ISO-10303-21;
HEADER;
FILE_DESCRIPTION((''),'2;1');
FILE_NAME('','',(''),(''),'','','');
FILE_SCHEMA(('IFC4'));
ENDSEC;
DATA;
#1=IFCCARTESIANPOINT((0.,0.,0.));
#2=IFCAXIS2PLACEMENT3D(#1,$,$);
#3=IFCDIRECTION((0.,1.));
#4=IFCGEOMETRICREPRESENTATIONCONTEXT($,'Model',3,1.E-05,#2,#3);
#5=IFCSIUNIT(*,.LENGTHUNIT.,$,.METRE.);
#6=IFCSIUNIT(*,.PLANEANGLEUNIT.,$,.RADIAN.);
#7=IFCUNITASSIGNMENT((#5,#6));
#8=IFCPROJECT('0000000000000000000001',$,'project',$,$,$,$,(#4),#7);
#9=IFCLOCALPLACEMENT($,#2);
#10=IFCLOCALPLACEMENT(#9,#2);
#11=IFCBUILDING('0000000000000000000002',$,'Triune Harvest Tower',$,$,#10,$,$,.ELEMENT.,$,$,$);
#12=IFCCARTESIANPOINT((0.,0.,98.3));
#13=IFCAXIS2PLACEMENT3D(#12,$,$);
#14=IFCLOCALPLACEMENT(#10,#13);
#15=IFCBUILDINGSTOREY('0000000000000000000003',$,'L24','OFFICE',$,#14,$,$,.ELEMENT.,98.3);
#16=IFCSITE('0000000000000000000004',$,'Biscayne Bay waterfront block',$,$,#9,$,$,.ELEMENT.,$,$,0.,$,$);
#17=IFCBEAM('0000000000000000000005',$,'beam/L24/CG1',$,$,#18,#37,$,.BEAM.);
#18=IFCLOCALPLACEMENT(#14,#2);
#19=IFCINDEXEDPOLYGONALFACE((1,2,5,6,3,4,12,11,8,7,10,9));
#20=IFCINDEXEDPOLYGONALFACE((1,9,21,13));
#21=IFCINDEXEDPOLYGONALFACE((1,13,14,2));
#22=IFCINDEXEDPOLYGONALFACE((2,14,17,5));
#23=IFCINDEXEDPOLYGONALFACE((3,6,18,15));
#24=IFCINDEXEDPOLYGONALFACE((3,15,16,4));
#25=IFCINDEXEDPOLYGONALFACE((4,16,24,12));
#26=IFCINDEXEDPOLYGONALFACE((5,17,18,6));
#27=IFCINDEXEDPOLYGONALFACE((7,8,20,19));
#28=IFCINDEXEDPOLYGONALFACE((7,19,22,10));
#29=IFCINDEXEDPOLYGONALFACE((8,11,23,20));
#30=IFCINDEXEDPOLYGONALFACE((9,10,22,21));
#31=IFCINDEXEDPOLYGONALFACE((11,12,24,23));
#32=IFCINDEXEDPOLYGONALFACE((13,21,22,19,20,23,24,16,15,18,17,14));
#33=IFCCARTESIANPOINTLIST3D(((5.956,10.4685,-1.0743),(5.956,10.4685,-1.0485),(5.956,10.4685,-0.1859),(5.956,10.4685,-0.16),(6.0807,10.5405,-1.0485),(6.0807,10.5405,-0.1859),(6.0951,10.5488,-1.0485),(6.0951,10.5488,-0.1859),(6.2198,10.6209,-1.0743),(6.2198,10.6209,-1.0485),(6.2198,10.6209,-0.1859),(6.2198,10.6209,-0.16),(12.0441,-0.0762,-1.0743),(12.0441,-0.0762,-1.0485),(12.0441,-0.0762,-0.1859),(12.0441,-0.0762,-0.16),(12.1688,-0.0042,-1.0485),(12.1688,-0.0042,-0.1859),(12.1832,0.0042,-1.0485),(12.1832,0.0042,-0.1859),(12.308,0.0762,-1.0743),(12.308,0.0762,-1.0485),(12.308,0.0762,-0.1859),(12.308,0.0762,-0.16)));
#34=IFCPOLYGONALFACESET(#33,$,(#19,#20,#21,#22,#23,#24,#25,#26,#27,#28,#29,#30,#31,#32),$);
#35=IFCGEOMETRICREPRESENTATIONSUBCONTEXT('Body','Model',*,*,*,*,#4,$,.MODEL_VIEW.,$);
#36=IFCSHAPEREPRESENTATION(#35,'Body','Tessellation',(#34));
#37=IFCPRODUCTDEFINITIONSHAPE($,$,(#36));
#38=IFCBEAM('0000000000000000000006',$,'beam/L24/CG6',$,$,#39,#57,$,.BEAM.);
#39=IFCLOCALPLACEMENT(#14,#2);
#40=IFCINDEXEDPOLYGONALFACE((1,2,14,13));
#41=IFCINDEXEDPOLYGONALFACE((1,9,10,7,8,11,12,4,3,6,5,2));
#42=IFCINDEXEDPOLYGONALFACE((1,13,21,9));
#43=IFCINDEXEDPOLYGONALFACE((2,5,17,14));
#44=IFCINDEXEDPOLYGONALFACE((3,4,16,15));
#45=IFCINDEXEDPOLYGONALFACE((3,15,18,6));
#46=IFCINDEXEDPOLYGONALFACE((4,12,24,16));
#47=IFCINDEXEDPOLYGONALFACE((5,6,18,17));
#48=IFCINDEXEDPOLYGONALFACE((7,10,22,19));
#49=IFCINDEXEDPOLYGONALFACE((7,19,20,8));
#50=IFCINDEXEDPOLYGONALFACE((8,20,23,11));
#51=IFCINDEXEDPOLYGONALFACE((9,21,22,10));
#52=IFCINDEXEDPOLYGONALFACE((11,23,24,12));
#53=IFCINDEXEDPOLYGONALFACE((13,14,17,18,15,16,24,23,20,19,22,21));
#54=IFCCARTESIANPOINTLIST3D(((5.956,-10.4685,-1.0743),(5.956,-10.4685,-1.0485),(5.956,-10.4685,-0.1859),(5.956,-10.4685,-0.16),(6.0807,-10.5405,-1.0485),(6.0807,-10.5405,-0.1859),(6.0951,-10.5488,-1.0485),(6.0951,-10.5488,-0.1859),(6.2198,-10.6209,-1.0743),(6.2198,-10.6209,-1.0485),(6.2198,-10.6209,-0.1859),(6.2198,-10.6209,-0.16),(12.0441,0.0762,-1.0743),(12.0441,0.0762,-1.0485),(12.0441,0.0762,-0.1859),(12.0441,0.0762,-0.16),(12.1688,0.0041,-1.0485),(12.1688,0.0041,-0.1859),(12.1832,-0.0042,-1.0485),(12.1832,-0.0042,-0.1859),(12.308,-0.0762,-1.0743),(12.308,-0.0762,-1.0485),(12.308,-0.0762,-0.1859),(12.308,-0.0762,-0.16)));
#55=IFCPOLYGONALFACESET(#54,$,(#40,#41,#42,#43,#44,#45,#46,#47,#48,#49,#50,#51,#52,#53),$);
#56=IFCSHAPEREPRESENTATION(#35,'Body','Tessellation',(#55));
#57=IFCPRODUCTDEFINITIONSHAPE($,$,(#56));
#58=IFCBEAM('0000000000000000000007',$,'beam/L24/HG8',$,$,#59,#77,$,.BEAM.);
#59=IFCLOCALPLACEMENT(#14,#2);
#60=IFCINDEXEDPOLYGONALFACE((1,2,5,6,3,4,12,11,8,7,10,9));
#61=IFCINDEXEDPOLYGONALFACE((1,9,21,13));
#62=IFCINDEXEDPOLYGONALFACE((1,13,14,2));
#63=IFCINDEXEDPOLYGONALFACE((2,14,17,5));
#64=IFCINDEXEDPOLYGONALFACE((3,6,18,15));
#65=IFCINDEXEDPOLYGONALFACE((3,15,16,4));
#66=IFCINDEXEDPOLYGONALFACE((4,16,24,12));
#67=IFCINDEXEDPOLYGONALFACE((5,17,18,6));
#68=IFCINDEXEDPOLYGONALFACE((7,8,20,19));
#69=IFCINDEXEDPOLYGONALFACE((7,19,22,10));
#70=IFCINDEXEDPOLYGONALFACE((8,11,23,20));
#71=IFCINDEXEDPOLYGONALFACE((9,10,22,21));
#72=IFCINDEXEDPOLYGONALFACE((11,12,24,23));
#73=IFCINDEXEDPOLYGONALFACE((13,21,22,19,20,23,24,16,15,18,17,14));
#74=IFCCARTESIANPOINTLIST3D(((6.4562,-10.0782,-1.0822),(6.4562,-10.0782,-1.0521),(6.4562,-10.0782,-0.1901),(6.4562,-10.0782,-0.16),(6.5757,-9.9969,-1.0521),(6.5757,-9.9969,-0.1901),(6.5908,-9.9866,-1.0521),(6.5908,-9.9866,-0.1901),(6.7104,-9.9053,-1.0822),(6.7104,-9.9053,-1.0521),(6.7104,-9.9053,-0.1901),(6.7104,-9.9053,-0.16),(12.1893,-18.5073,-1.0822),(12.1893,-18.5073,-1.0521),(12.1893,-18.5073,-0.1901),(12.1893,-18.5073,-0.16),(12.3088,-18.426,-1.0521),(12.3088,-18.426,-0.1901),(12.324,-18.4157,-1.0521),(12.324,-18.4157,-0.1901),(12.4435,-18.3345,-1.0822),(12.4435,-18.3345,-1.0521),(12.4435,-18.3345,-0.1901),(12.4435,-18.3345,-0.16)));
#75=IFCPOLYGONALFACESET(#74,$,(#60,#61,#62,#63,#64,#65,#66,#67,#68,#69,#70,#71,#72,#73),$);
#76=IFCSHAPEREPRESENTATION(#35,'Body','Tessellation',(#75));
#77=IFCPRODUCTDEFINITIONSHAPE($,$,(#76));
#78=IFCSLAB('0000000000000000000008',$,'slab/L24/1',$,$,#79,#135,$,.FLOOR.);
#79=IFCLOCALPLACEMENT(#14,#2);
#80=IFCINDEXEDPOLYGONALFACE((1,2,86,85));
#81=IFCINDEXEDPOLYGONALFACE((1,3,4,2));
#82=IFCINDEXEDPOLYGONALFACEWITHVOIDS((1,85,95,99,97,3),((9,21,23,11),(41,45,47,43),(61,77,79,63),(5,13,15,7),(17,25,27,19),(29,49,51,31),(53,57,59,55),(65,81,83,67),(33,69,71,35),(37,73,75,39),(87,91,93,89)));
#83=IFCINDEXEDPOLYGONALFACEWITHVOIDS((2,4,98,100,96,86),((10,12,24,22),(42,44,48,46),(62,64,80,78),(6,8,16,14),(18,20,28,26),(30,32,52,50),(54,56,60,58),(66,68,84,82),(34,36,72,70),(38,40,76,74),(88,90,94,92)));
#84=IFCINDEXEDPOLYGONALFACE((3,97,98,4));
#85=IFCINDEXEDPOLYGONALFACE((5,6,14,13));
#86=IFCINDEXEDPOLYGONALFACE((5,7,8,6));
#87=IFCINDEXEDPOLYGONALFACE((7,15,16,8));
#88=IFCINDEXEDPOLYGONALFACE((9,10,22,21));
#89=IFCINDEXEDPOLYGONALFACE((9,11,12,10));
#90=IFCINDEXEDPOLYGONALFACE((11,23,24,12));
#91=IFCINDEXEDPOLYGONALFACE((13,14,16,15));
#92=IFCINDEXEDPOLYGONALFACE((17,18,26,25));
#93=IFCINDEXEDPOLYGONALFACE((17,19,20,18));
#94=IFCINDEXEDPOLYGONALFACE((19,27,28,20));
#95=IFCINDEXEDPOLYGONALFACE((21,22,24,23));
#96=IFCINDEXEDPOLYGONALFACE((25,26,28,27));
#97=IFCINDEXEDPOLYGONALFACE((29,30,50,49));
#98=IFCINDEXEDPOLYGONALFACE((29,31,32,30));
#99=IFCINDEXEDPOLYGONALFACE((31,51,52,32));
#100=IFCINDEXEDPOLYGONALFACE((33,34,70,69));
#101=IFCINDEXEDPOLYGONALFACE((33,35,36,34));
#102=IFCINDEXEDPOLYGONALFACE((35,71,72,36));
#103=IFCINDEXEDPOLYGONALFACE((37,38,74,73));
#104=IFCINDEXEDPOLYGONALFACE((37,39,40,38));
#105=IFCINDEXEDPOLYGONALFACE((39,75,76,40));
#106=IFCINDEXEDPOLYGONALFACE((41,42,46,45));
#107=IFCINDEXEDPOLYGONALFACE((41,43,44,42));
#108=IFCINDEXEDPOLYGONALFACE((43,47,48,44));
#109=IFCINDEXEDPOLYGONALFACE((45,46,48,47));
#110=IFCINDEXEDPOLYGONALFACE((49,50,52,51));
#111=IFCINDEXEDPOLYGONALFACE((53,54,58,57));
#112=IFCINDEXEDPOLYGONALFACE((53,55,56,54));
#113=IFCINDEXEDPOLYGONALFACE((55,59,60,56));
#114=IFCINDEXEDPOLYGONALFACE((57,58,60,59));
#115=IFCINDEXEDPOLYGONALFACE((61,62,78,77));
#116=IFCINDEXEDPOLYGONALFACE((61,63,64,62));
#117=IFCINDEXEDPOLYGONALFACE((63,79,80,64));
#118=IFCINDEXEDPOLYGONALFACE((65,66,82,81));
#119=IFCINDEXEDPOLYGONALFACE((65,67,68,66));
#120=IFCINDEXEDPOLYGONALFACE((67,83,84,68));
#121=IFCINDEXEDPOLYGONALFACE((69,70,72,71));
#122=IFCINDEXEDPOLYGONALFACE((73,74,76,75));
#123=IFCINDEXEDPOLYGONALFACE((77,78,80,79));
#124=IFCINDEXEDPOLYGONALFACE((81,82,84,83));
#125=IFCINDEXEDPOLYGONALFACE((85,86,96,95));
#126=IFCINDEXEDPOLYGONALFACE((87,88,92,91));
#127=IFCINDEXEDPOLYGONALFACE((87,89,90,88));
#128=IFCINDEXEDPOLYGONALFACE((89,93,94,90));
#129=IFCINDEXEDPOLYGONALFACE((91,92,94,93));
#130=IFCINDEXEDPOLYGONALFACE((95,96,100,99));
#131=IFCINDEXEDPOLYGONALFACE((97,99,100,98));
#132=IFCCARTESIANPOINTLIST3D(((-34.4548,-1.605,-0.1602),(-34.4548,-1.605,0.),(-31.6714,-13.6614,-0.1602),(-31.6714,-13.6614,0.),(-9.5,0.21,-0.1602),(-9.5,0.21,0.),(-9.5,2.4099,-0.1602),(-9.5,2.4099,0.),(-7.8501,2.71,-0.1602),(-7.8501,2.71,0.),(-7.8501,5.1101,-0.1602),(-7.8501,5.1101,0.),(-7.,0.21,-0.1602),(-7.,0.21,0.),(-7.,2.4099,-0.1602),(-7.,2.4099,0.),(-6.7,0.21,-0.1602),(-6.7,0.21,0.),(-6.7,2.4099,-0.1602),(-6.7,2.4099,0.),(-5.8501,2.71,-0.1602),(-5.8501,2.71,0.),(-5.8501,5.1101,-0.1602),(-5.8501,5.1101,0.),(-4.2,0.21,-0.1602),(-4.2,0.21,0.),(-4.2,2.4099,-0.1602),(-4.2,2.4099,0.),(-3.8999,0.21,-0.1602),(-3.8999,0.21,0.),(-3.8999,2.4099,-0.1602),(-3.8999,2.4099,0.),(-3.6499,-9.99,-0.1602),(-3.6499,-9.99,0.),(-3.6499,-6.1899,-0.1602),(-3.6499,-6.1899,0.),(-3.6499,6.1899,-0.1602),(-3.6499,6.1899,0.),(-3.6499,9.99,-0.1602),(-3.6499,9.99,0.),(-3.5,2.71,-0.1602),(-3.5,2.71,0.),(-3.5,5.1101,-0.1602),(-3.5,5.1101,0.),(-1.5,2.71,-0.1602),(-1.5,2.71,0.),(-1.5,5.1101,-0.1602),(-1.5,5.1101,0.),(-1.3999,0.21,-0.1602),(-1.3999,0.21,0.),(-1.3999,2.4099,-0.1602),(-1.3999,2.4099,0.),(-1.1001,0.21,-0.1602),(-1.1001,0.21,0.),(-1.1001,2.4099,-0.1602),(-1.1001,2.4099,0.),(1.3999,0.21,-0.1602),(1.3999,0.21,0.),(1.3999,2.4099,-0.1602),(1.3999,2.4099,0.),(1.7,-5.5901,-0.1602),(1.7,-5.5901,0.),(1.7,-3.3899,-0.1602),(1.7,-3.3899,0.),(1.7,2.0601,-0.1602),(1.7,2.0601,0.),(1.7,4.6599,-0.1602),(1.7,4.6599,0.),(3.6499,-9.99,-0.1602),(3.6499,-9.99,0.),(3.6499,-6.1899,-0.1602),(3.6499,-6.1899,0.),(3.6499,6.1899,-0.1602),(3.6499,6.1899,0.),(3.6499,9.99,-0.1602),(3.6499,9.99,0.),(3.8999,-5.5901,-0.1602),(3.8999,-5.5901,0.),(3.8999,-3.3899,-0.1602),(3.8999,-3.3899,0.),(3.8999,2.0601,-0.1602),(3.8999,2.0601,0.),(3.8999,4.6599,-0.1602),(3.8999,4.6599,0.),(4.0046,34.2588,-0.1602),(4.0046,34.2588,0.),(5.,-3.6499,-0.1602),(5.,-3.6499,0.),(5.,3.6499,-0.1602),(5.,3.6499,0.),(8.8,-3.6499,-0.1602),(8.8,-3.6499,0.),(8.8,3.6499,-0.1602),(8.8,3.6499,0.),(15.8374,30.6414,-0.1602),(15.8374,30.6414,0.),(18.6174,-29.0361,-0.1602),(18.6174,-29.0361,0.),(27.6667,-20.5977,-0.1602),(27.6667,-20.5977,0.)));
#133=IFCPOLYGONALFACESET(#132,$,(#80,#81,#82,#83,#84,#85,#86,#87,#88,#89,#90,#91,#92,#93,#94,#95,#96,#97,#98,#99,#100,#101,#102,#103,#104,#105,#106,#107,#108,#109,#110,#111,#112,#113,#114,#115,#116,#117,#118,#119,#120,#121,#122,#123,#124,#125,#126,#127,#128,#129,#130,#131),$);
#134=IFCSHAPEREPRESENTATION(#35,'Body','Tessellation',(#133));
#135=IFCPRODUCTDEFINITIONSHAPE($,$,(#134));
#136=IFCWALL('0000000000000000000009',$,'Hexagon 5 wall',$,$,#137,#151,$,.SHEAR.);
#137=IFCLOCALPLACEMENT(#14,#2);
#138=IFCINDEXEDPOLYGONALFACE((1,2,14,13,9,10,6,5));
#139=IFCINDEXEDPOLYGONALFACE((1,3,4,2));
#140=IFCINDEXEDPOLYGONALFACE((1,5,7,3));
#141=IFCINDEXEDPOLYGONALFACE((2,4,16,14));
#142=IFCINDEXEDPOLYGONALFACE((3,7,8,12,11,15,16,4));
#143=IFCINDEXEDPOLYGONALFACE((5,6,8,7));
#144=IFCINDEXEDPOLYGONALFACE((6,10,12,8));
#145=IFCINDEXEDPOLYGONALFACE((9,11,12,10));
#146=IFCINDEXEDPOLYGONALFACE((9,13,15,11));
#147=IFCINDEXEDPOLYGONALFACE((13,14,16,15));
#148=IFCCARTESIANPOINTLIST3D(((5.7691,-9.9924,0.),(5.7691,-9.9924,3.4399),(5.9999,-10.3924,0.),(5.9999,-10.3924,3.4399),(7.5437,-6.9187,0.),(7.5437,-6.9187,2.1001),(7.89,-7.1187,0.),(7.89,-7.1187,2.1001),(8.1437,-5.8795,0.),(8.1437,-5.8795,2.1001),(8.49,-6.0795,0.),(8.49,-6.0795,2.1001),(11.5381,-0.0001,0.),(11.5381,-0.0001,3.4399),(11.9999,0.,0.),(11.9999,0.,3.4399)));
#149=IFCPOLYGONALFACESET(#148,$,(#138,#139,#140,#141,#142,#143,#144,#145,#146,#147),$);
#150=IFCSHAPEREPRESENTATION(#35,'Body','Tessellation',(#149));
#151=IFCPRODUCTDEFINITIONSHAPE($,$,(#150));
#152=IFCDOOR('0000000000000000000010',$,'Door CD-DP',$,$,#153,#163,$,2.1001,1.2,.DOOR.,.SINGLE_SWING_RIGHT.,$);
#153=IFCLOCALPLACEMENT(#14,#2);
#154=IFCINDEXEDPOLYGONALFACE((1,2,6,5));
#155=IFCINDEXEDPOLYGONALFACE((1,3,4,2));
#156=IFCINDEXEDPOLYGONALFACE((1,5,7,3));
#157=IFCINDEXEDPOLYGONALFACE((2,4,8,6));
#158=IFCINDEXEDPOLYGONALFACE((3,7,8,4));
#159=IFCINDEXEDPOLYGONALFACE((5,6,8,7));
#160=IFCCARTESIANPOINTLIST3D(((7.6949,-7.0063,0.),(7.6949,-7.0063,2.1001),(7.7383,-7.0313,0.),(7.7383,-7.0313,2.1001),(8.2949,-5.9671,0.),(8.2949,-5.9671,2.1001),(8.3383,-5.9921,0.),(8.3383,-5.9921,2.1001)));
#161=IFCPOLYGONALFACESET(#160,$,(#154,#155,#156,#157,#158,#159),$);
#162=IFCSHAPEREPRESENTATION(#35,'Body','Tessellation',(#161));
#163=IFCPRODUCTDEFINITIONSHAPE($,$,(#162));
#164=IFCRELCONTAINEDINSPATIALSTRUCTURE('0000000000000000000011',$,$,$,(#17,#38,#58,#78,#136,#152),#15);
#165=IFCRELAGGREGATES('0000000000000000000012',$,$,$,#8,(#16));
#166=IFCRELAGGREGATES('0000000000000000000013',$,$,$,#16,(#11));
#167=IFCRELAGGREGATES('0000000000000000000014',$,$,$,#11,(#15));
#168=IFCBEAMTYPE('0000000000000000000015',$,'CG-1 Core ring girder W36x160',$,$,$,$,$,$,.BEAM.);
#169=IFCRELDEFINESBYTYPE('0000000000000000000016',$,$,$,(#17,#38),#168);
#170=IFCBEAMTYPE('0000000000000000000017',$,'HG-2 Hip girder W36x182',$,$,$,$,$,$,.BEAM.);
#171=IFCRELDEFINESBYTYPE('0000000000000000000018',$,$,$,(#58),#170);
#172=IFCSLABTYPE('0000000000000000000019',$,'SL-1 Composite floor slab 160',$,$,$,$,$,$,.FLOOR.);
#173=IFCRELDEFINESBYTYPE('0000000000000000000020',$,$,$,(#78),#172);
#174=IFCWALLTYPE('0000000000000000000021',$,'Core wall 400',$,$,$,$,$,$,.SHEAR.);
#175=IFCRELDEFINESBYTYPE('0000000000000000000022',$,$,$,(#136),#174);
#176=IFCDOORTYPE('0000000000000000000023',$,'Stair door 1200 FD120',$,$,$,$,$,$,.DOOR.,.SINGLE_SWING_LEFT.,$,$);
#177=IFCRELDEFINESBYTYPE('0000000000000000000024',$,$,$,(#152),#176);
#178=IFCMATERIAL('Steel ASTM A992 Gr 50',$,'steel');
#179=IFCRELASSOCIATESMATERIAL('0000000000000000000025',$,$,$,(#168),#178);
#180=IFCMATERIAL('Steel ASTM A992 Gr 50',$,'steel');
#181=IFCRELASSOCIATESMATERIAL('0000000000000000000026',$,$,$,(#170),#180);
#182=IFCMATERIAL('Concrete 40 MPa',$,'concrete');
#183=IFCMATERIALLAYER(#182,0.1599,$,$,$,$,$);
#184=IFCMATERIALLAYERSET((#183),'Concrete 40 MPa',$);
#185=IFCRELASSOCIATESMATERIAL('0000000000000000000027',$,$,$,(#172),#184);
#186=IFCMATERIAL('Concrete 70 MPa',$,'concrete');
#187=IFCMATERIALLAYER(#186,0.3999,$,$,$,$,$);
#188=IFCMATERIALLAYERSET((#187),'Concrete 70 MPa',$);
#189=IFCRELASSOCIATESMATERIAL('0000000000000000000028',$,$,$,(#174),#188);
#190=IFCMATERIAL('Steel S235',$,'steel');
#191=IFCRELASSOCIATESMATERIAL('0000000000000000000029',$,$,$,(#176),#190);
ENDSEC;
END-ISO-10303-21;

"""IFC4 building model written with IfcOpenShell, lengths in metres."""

from ifc_helpers import new_model, si_unit, direction, frame, frame_2d, origin, origin_2d, place, context, subcontext, project, spatial, polyline, rectangle, i_section, outline, extrude, source, transform, mapped, material, layer, layer_set, material_profile, profile_set, type_object, element, fill, save


model = new_model("IFC4")

# Units and contexts
model_context = context("Model", 3, precision=1e-05, world=origin(), true_north=direction((0.0, 1.0)))
body_context = subcontext(model_context, "Body", "Model", "MODEL_VIEW")
ifc_project = project(units=[si_unit("LENGTHUNIT", "METRE"), si_unit("PLANEANGLEUNIT", "RADIAN")], contexts=[model_context])

# Site, building, storey
site_placement = place(None, origin())
site = spatial("IfcSite", under=ifc_project, at=site_placement, Name="Biscayne Bay waterfront block", CompositionType="ELEMENT", RefElevation=0.0)
building_placement = place(site_placement, origin())
building = spatial("IfcBuilding", under=site, at=building_placement, Name="Triune Harvest Tower", CompositionType="ELEMENT")
storey_placement = place(building_placement, frame((0.0, 0.0, 98.3)))
storey = spatial("IfcBuildingStorey", under=building, at=storey_placement, Name="L24", Description="OFFICE", CompositionType="ELEMENT", Elevation=98.3)

# Beams
ifc_material_1 = material(Name="Steel ASTM A992 Gr 50", Category="steel")
ifc_material_profile_1 = material_profile(ifc_material_1, i_section(OverallWidth=0.3047, OverallDepth=0.9143, WebThickness=0.0166, FlangeThickness=0.0259, at=origin_2d()), Name="W36x160")
ifc_profile_set_1 = profile_set([ifc_material_profile_1], Name="Steel ASTM A992 Gr 50")
beam_type_1 = type_object("IfcBeamType", Name="CG-1 Core ring girder W36x160", PredefinedType="BEAM", material=ifc_profile_set_1)
shared_shape_1 = source(origin(), body_context, "Body", "SweptSolid", [
    extrude(i_section(OverallWidth=0.3047, OverallDepth=0.9143, WebThickness=0.0166, FlangeThickness=0.0259, at=origin_2d()), origin(), (0.0, 0.0, 1.0), 12.176),
])
for number, where, z_axis, x_axis, name in (
    (1, (12.176, 0.0, -0.6172), (-0.50001, 0.86602, 0.0), (-0.86602, -0.50001, 0.0), "beam/L24/CG1"),
    (2, (6.0879, -10.5447, -0.6172), (0.50001, 0.86602, 0.0), (-0.86602, 0.50001, 0.0), "beam/L24/CG6"),
):
    element("IfcBeam", number, at=place(storey_placement, frame(where, z_axis=z_axis, x_axis=x_axis)), inside=storey, type_object=beam_type_1, Name=name, PredefinedType="BEAM", context=body_context, shape_type="MappedRepresentation", body=[
        mapped(shared_shape_1, transform((0.0, 0.0, 0.0), scale=1.0)),
    ])
ifc_material_2 = material(Name="Steel ASTM A992 Gr 50", Category="steel")
ifc_material_profile_2 = material_profile(ifc_material_2, i_section(OverallWidth=0.3074, OverallDepth=0.9221, WebThickness=0.0183, FlangeThickness=0.03, at=origin_2d()), Name="W36x182")
ifc_profile_set_2 = profile_set([ifc_material_profile_2], Name="Steel ASTM A992 Gr 50")
beam_type_2 = type_object("IfcBeamType", Name="HG-2 Hip girder W36x182", PredefinedType="BEAM", material=ifc_profile_set_2)
shared_shape_2 = source(origin(), body_context, "Body", "SweptSolid", [
    extrude(i_section(OverallWidth=0.3074, OverallDepth=0.9221, WebThickness=0.0183, FlangeThickness=0.03, at=origin_2d()), origin(), (0.0, 0.0, 1.0), 10.1941),
])
beam_placement = place(storey_placement, frame((12.3164, -18.4209, -0.6211), z_axis=(-0.562397, 0.826867, 0.0), x_axis=(-0.826867, -0.562397, 0.0)))
element("IfcBeam", 3, at=beam_placement, inside=storey, type_object=beam_type_2, Name="beam/L24/HG8", PredefinedType="BEAM", context=body_context, shape_type="MappedRepresentation", body=[
    mapped(shared_shape_2, transform((0.0, 0.0, 0.0), scale=1.0)),
])

# Slab
ifc_material_3 = material(Name="Concrete 40 MPa", Category="concrete")
ifc_layer_1 = layer(ifc_material_3, 0.1599)
ifc_layer_set_1 = layer_set([ifc_layer_1], Name="Concrete 40 MPa")
slab_type = type_object("IfcSlabType", Name="SL-1 Composite floor slab 160", PredefinedType="FLOOR", material=ifc_layer_set_1)
shared_shape_3 = source(origin(), body_context, "Body", "SweptSolid", [
    extrude(outline(polyline([(27.6667, -20.5977), (15.8374, 30.6414), (4.0046, 34.2588), (-34.4548, -1.605), (-31.6714, -13.6614), (18.6174, -29.0361), (27.6667, -20.5977)]), holes=[polyline([(-7.0, 0.21), (-7.0, 2.4099), (-9.5, 2.4099), (-9.5, 0.21), (-7.0, 0.21)]), polyline([(-4.2, 0.21), (-4.2, 2.4099), (-6.7, 2.4099), (-6.7, 0.21), (-4.2, 0.21)]), polyline([(-1.3999, 0.21), (-1.3999, 2.4099), (-3.8999, 2.4099), (-3.8999, 0.21), (-1.3999, 0.21)]), polyline([(1.3999, 0.21), (1.3999, 2.4099), (-1.1001, 2.4099), (-1.1001, 0.21), (1.3999, 0.21)]), polyline([(3.8999, 2.0601), (3.8999, 4.6599), (1.7, 4.6599), (1.7, 2.0601), (3.8999, 2.0601)]), polyline([(3.8999, -5.5901), (3.8999, -3.3899), (1.7, -3.3899), (1.7, -5.5901), (3.8999, -5.5901)]), polyline([(-5.8501, 2.71), (-5.8501, 5.1101), (-7.8501, 5.1101), (-7.8501, 2.71), (-5.8501, 2.71)]), polyline([(-1.5, 2.71), (-1.5, 5.1101), (-3.5, 5.1101), (-3.5, 2.71), (-1.5, 2.71)]), polyline([(3.6499, 6.1899), (3.6499, 9.99), (-3.6499, 9.99), (-3.6499, 6.1899), (3.6499, 6.1899)]), polyline([(3.6499, -9.99), (3.6499, -6.1899), (-3.6499, -6.1899), (-3.6499, -9.99), (3.6499, -9.99)]), polyline([(8.8, -3.6499), (8.8, 3.6499), (5.0, 3.6499), (5.0, -3.6499), (8.8, -3.6499)])]), origin(), (0.0, 0.0, 1.0), 0.1602),
])
slab_placement = place(storey_placement, frame((0.0, 0.0, -0.1602)))
element("IfcSlab", 4, at=slab_placement, inside=storey, type_object=slab_type, Name="slab/L24/1", PredefinedType="FLOOR", context=body_context, shape_type="MappedRepresentation", body=[
    mapped(shared_shape_3, transform((0.0, 0.0, 0.0), scale=1.0)),
])

# Wall, opening, door
ifc_material_4 = material(Name="Concrete 70 MPa", Category="concrete")
ifc_layer_2 = layer(ifc_material_4, 0.3999)
ifc_layer_set_2 = layer_set([ifc_layer_2], Name="Concrete 70 MPa")
wall_type_1 = type_object("IfcWallType", Name="Core wall 400", PredefinedType="SHEAR", material=ifc_layer_set_2)
shared_shape_4 = source(origin(), body_context, "Body", "SweptSolid", [
    extrude(outline(polyline([(-0.1155, -0.2), (11.8845, -0.2), (11.6536, 0.2), (0.1155, 0.2), (-0.1155, -0.2)])), origin(), (0.0, 0.0, 1.0), 3.4399),
])
wall_1_placement = place(storey_placement, frame((5.8845, -10.1924, 0.0), z_axis=(0.0, 0.0, 1.0), x_axis=(0.499997, 0.866027, 0.0)))
wall_1 = element("IfcWall", 5, at=wall_1_placement, inside=storey, type_object=wall_type_1, Name="Hexagon 5 wall", PredefinedType="SHEAR", context=body_context, shape_type="MappedRepresentation", body=[
    mapped(shared_shape_4, transform((0.0, 0.0, 0.0), scale=1.0)),
])
opening_1_placement = place(wall_1_placement, frame((3.6646, 0.0, 0.0)))
opening_1 = element("IfcOpeningElement", 6, at=opening_1_placement, cuts=wall_1, PredefinedType="OPENING", context=body_context, shape_type="SweptSolid", body=[
    extrude(rectangle(XDim=1.2, YDim=2.1001, at=frame_2d((0.6001, 1.05))), frame((0.0, 0.21, 0.0), z_axis=(0.0, -1.0, 0.0), x_axis=(1.0, 0.0, 0.0)), (0.0, 0.0, 1.0), 0.4199),
])
ifc_material_5 = material(Name="Steel S235", Category="steel")
door_type_1 = type_object("IfcDoorType", Name="Stair door 1200 FD120", OperationType="SINGLE_SWING_LEFT", PredefinedType="DOOR", material=ifc_material_5)
door_1_placement = place(opening_1_placement, frame((1.2, 0.0, 0.0), z_axis=(0.0, 0.0, 1.0), x_axis=(-1.0, 0.0, 0.0)))
door_1 = element("IfcDoor", 7, at=door_1_placement, inside=storey, type_object=door_type_1, Name="Door CD-DP", OperationType="SINGLE_SWING_RIGHT", OverallHeight=2.1001, OverallWidth=1.2, PredefinedType="DOOR", context=body_context, shape_type="SweptSolid", body=[
    extrude(rectangle(XDim=1.2, YDim=2.1001, at=frame_2d((0.6001, 1.05))), frame((0.0, 0.0249, 0.0), z_axis=(0.0, -1.0, 0.0), x_axis=(1.0, 0.0, 0.0)), (0.0, 0.0, 1.0), 0.05),
])
fill(opening_1, door_1)

save(model, "model.ifc")
